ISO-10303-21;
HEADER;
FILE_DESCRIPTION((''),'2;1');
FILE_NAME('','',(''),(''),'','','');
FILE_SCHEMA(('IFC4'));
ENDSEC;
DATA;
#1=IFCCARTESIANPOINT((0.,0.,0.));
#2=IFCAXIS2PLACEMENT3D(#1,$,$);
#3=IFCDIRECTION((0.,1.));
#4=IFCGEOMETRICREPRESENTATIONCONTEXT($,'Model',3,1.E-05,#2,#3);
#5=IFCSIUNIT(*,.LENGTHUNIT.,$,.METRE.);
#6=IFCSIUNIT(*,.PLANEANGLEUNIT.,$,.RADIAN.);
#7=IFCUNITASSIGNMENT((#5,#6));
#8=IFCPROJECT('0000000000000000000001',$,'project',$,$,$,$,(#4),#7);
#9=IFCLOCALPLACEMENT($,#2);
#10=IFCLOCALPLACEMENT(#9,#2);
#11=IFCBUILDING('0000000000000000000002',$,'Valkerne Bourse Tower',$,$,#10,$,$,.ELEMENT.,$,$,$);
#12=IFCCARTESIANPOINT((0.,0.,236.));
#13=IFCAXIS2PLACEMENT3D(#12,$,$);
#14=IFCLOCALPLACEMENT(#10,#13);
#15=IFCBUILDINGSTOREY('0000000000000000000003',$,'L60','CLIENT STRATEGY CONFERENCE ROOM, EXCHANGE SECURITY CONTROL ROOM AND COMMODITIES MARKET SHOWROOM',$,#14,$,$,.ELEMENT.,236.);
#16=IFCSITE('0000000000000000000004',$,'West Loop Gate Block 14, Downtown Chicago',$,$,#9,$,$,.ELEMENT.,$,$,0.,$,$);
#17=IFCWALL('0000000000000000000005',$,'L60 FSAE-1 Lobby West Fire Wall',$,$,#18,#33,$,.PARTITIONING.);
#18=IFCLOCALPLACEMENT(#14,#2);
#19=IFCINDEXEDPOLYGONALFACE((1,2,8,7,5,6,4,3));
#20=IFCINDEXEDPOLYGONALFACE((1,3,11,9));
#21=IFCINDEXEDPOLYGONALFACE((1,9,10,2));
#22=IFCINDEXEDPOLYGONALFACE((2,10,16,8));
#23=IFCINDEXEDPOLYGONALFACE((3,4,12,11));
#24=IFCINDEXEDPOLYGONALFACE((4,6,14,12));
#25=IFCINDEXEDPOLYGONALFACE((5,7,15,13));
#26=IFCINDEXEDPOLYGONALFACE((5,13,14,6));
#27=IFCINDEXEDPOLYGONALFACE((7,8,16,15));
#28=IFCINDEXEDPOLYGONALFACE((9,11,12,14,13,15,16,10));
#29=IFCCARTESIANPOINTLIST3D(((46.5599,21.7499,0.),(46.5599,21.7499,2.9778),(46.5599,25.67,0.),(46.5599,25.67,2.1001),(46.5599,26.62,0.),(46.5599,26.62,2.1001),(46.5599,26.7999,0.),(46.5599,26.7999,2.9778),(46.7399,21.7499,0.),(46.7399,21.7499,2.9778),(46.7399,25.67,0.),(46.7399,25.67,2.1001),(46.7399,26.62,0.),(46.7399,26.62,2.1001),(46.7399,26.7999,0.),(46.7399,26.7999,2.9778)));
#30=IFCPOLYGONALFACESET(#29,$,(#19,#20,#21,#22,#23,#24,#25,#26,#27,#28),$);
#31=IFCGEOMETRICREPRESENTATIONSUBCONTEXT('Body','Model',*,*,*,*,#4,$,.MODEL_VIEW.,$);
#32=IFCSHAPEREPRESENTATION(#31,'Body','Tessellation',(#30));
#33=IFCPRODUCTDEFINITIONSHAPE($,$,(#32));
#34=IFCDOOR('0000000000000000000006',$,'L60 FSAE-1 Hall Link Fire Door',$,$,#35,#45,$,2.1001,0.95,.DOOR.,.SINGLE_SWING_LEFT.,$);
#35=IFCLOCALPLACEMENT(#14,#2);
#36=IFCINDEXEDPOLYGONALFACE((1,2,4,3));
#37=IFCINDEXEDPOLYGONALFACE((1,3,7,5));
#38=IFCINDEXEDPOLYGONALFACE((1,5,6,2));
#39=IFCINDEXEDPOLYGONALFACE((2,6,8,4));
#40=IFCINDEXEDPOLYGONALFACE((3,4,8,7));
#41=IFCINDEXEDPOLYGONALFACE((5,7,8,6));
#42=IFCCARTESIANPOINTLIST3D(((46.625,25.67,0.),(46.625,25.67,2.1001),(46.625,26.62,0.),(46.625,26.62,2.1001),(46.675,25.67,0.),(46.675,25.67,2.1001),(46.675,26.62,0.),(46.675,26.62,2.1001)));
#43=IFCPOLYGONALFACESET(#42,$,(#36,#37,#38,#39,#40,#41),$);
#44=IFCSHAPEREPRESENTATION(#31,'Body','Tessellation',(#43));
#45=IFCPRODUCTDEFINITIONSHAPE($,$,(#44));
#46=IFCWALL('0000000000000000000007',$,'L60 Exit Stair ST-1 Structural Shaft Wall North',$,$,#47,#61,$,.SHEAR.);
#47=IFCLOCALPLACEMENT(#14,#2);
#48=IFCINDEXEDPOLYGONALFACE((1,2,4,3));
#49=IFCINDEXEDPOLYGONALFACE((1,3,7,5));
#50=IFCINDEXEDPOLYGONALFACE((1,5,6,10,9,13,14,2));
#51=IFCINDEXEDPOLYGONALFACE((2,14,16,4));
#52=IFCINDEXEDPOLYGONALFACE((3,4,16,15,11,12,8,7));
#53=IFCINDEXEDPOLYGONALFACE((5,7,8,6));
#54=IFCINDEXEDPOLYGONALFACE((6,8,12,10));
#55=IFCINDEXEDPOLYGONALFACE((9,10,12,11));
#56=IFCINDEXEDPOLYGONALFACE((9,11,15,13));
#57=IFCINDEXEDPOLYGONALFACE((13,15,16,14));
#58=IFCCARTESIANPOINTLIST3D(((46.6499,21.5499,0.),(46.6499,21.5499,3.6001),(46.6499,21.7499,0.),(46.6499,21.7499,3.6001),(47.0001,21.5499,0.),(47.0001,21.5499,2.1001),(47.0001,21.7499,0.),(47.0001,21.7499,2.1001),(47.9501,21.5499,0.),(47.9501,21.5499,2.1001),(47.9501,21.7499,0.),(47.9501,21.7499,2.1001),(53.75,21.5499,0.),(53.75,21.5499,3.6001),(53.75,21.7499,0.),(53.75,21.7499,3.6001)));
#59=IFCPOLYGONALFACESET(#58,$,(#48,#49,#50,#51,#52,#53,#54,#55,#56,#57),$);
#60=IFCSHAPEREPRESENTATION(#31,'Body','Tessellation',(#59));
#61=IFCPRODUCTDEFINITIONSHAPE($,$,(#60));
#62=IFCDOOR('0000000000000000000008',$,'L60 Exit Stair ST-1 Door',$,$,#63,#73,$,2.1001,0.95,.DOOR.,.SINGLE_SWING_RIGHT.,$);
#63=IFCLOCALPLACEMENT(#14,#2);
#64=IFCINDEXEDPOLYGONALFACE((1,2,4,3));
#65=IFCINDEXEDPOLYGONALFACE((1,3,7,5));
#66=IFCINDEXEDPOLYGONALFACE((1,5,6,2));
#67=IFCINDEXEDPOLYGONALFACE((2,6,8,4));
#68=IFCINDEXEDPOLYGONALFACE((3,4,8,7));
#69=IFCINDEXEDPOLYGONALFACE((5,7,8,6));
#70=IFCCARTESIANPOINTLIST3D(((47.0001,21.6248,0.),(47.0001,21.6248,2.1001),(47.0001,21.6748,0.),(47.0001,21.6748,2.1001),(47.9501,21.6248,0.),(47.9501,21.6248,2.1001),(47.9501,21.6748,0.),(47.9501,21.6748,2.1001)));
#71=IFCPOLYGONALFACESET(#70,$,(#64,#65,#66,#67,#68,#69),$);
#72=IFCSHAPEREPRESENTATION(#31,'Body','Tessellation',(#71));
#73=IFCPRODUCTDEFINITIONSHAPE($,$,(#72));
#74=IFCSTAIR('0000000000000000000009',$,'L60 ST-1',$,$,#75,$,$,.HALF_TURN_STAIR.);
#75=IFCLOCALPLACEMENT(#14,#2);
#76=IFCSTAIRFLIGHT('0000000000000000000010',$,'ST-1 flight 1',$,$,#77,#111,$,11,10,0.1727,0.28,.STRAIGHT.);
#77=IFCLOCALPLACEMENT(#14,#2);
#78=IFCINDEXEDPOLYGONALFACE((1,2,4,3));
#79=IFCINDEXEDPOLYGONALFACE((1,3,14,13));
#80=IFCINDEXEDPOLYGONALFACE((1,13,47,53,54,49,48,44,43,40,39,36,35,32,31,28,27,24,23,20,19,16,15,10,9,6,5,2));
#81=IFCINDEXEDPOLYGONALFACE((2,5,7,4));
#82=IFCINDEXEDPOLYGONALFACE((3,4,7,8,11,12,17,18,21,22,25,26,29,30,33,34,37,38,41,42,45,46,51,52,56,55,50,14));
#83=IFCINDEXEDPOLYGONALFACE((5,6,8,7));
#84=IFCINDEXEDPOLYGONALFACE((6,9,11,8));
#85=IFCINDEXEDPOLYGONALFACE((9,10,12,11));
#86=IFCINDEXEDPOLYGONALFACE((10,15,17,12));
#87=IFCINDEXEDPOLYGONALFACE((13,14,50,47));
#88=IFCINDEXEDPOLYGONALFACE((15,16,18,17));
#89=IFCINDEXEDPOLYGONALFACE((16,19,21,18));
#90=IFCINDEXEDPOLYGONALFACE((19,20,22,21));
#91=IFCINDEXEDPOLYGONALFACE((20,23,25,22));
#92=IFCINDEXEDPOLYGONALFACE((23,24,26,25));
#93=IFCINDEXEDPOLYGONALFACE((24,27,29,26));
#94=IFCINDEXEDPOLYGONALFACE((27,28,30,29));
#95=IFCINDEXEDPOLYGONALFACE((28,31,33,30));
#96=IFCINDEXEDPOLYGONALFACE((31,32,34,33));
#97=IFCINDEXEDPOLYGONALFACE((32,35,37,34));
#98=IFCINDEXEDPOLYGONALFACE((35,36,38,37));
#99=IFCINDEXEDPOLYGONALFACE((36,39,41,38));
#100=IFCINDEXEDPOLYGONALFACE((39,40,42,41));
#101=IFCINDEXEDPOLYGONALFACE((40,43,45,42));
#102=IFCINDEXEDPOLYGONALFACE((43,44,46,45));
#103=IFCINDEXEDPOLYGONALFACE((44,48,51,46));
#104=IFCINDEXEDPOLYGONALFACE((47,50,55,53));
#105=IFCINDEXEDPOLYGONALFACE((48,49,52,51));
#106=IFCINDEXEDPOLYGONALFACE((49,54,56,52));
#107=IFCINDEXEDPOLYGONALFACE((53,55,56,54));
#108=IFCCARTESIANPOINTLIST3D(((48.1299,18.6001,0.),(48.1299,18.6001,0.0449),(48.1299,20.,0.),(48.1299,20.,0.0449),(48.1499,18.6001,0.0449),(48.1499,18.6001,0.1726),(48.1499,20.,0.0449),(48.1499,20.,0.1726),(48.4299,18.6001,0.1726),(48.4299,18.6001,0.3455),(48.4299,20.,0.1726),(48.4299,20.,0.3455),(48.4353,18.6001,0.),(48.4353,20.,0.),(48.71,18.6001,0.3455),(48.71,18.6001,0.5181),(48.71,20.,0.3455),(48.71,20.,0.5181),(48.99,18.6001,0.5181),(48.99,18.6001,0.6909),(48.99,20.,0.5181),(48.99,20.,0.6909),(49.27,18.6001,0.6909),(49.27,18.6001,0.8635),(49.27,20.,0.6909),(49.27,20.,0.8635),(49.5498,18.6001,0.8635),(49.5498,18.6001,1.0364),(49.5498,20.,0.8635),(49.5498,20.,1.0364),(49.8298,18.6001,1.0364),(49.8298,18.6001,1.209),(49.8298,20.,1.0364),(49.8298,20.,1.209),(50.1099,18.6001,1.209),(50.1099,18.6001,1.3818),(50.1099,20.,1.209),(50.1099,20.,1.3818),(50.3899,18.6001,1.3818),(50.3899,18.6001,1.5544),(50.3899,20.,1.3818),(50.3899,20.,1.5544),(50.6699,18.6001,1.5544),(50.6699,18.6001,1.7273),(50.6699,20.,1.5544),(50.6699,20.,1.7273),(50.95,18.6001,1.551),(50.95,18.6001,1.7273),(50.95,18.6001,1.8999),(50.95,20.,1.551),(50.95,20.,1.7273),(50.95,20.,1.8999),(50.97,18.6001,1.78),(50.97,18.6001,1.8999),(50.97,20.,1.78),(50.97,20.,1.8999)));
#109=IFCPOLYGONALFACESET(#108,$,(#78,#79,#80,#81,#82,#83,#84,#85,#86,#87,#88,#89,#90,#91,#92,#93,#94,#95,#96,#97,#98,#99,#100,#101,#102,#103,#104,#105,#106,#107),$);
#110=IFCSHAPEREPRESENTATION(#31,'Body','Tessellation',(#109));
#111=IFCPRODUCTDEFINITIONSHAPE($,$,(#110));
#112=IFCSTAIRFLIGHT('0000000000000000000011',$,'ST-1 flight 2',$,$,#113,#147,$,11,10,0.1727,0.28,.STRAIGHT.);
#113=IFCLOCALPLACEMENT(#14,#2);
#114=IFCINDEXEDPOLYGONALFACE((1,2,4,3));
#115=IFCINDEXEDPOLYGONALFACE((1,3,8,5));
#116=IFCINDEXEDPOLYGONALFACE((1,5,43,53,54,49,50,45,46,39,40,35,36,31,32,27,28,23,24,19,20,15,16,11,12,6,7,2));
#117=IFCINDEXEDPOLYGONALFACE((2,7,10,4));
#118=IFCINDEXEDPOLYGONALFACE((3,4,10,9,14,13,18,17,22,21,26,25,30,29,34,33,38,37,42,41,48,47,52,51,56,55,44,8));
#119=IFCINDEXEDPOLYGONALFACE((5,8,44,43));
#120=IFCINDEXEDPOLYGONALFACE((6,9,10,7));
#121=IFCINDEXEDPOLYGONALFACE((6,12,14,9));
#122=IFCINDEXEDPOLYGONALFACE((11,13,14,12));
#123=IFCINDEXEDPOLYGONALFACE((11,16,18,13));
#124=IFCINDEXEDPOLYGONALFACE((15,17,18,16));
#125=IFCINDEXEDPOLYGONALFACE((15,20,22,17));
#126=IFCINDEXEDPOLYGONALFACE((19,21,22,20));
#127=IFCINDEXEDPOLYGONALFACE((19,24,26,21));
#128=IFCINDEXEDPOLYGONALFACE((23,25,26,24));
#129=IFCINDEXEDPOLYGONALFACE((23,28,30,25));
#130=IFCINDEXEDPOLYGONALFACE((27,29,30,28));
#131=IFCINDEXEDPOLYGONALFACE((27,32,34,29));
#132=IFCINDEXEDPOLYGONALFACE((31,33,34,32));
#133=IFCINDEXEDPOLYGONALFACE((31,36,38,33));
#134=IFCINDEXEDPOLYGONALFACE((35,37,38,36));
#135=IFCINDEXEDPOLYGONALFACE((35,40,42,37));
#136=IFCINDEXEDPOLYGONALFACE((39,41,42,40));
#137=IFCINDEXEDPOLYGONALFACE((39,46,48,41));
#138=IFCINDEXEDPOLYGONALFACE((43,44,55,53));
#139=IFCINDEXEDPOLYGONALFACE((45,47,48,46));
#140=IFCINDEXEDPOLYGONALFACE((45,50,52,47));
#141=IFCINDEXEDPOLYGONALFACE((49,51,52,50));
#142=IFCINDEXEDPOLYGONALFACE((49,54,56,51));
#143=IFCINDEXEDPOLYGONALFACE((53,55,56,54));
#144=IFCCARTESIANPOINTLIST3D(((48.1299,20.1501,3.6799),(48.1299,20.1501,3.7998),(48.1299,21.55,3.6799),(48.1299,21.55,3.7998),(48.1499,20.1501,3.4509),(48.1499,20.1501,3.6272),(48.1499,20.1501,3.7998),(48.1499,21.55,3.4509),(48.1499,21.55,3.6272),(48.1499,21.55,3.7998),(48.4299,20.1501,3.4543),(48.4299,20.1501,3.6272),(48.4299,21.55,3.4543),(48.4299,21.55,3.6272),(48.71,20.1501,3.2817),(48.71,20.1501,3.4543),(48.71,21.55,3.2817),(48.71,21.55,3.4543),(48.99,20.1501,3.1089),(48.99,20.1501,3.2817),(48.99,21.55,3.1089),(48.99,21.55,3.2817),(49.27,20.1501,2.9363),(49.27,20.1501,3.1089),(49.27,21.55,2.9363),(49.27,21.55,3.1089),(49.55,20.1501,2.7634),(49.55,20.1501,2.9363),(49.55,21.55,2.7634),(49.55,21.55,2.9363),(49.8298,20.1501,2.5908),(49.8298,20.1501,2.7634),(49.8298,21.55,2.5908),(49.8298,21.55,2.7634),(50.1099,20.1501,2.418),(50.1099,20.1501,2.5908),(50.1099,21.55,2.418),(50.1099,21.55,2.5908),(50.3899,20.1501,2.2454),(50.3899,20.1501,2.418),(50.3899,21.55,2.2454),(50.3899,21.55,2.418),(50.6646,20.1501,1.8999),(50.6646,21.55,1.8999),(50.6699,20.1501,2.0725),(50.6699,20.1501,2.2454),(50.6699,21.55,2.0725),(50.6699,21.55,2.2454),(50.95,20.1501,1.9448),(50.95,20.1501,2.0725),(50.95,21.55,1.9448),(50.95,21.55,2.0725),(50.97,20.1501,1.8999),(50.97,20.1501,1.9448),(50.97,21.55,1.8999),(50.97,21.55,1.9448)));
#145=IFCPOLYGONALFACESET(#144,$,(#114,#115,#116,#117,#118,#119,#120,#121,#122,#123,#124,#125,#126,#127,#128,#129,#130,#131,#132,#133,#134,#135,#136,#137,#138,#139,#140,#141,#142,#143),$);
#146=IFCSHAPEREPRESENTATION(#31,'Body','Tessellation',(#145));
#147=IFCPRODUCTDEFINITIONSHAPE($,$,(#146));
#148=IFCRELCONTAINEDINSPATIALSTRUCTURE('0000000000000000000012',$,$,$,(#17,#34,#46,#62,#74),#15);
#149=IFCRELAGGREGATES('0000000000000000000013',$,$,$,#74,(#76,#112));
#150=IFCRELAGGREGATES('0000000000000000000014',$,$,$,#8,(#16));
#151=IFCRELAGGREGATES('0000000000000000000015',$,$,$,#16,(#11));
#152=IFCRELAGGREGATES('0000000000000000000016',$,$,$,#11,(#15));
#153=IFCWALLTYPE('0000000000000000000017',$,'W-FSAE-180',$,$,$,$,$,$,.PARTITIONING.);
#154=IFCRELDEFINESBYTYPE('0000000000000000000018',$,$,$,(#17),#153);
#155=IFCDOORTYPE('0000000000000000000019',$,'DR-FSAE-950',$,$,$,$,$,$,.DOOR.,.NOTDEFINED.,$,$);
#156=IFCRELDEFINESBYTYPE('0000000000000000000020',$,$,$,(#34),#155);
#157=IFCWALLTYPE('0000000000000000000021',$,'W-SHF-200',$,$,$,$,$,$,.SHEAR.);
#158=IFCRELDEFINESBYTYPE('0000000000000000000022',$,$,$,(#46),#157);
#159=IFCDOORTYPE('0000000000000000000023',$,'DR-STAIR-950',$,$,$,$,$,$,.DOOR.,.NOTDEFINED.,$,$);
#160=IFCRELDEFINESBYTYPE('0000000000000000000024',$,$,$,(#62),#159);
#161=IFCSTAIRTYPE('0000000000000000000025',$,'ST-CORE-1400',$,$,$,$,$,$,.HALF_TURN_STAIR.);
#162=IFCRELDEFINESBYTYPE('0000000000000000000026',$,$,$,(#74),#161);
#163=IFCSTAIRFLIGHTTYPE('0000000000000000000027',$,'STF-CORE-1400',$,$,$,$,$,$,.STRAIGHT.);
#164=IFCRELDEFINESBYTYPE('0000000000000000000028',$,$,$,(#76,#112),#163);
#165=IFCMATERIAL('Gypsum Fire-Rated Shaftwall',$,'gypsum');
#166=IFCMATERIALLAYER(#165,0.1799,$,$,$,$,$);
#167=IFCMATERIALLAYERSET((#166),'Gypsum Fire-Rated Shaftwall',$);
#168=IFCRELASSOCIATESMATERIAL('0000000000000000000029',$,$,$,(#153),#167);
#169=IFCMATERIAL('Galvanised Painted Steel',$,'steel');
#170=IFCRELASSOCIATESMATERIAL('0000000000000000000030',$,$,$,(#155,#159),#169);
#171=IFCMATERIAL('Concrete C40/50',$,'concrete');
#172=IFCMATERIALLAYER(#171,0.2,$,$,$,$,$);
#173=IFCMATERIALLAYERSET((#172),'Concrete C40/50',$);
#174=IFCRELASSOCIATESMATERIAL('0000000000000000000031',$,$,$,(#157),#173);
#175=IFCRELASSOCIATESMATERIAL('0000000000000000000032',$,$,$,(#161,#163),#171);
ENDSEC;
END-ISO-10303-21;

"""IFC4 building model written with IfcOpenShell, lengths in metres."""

from ifc_helpers import new_model, si_unit, direction, frame, frame_2d, origin, place, context, subcontext, project, spatial, polyline, rectangle, outline, extrude, material, layer, layer_set, type_object, element, fill, aggregate, save


model = new_model("IFC4")

# Units and contexts
model_context = context("Model", 3, precision=1e-05, world=origin(), true_north=direction((0.0, 1.0)))
body_context = subcontext(model_context, "Body", "Model", "MODEL_VIEW")
ifc_project = project(units=[si_unit("LENGTHUNIT", "METRE"), si_unit("PLANEANGLEUNIT", "RADIAN")], contexts=[model_context])

# Site, building, storey
site_placement = place(None, origin())
site = spatial("IfcSite", under=ifc_project, at=site_placement, Name="West Loop Gate Block 14, Downtown Chicago", CompositionType="ELEMENT", RefElevation=0.0)
building_placement = place(site_placement, origin())
building = spatial("IfcBuilding", under=site, at=building_placement, Name="Valkerne Bourse Tower", CompositionType="ELEMENT")
storey_placement = place(building_placement, frame((0.0, 0.0, 236.0)))
storey = spatial("IfcBuildingStorey", under=building, at=storey_placement, Name="L60", Description="CLIENT STRATEGY CONFERENCE ROOM, EXCHANGE SECURITY CONTROL ROOM AND COMMODITIES MARKET SHOWROOM", CompositionType="ELEMENT", Elevation=236.0)

# Wall, opening, door
ifc_material_1 = material(Name="Gypsum Fire-Rated Shaftwall", Category="gypsum")
ifc_layer_1 = layer(ifc_material_1, 0.1799)
ifc_layer_set_1 = layer_set([ifc_layer_1], Name="Gypsum Fire-Rated Shaftwall")
wall_type_1 = type_object("IfcWallType", Name="W-FSAE-180", PredefinedType="PARTITIONING", material=ifc_layer_set_1)
wall_1_placement = place(storey_placement, frame((46.6499, 21.75, 0.0), z_axis=(0.0, 0.0, 1.0), x_axis=(0.0, 1.0, 0.0)))
wall_1 = element("IfcWall", 1, at=wall_1_placement, inside=storey, type_object=wall_type_1, Name="L60 FSAE-1 Lobby West Fire Wall", PredefinedType="PARTITIONING", context=body_context, shape_type="SweptSolid", body=[
    extrude(rectangle(XDim=5.05, YDim=0.1799, at=frame_2d((2.5249, 0.0))), origin(), (0.0, 0.0, 1.0), 2.9778),
])
opening_1_placement = place(wall_1_placement, frame((3.9199, 0.0, 0.0)))
opening_1 = element("IfcOpeningElement", 2, at=opening_1_placement, cuts=wall_1, PredefinedType="OPENING", context=body_context, shape_type="SweptSolid", body=[
    extrude(rectangle(XDim=0.95, YDim=2.1001, at=frame_2d((0.4751, 1.05))), frame((0.0, 0.0999, 0.0), z_axis=(0.0, -1.0, 0.0), x_axis=(1.0, 0.0, 0.0)), (0.0, 0.0, 1.0), 0.2),
])
ifc_material_2 = material(Name="Galvanised Painted Steel", Category="steel")
door_type_1 = type_object("IfcDoorType", Name="DR-FSAE-950", OperationType="NOTDEFINED", PredefinedType="DOOR", material=ifc_material_2)
door_1_placement = place(opening_1_placement, origin())
door_1 = element("IfcDoor", 3, at=door_1_placement, inside=storey, type_object=door_type_1, Name="L60 FSAE-1 Hall Link Fire Door", OperationType="SINGLE_SWING_LEFT", OverallHeight=2.1001, OverallWidth=0.95, PredefinedType="DOOR", context=body_context, shape_type="SweptSolid", body=[
    extrude(rectangle(XDim=0.95, YDim=2.1001, at=frame_2d((0.4751, 1.05))), frame((0.0, 0.0249, 0.0), z_axis=(0.0, -1.0, 0.0), x_axis=(1.0, 0.0, 0.0)), (0.0, 0.0, 1.0), 0.05),
])
fill(opening_1, door_1)

# Wall, opening, door
ifc_material_3 = material(Name="Concrete C40/50", Category="concrete")
ifc_layer_2 = layer(ifc_material_3, 0.2)
ifc_layer_set_2 = layer_set([ifc_layer_2], Name="Concrete C40/50")
wall_type_2 = type_object("IfcWallType", Name="W-SHF-200", PredefinedType="SHEAR", material=ifc_layer_set_2)
wall_2_placement = place(storey_placement, frame((46.6499, 21.6499, 0.0), z_axis=(0.0, 0.0, 1.0), x_axis=(1.0, 0.0, 0.0)))
wall_2 = element("IfcWall", 4, at=wall_2_placement, inside=storey, type_object=wall_type_2, Name="L60 Exit Stair ST-1 Structural Shaft Wall North", PredefinedType="SHEAR", context=body_context, shape_type="SweptSolid", body=[
    extrude(rectangle(XDim=7.1001, YDim=0.2, at=frame_2d((3.55, 0.0))), origin(), (0.0, 0.0, 1.0), 3.6001),
])
opening_2_placement = place(wall_2_placement, frame((0.3501, 0.0, 0.0)))
opening_2 = element("IfcOpeningElement", 5, at=opening_2_placement, cuts=wall_2, PredefinedType="OPENING", context=body_context, shape_type="SweptSolid", body=[
    extrude(rectangle(XDim=0.95, YDim=2.1001, at=frame_2d((0.4751, 1.05))), frame((0.0, 0.1099, 0.0), z_axis=(0.0, -1.0, 0.0), x_axis=(1.0, 0.0, 0.0)), (0.0, 0.0, 1.0), 0.22),
])
door_type_2 = type_object("IfcDoorType", Name="DR-STAIR-950", OperationType="NOTDEFINED", PredefinedType="DOOR", material=ifc_material_2)
door_2_placement = place(opening_2_placement, origin())
door_2 = element("IfcDoor", 6, at=door_2_placement, inside=storey, type_object=door_type_2, Name="L60 Exit Stair ST-1 Door", OperationType="SINGLE_SWING_RIGHT", OverallHeight=2.1001, OverallWidth=0.95, PredefinedType="DOOR", context=body_context, shape_type="SweptSolid", body=[
    extrude(rectangle(XDim=0.95, YDim=2.1001, at=frame_2d((0.4751, 1.05))), frame((0.0, 0.0249, 0.0), z_axis=(0.0, -1.0, 0.0), x_axis=(1.0, 0.0, 0.0)), (0.0, 0.0, 1.0), 0.05),
])
fill(opening_2, door_2)

# Stair, stair flights
stair_type = type_object("IfcStairType", Name="ST-CORE-1400", PredefinedType="HALF_TURN_STAIR", material=ifc_material_3)
stair_placement = place(storey_placement, origin())
stair = element("IfcStair", 7, at=stair_placement, inside=storey, type_object=stair_type, Name="L60 ST-1", PredefinedType="HALF_TURN_STAIR")
stair_flight_type = type_object("IfcStairFlightType", Name="STF-CORE-1400", PredefinedType="STRAIGHT", material=ifc_material_3)
stair_flight_1_placement = place(storey_placement, frame((48.1499, 19.3, 0.0), z_axis=(0.0, 0.0, 1.0), x_axis=(1.0, 0.0, 0.0)))
stair_flight_1 = element("IfcStairFlight", 8, at=stair_flight_1_placement, type_object=stair_flight_type, Name="ST-1 flight 1", NumberOfRisers=11, NumberOfTreads=10, PredefinedType="STRAIGHT", RiserHeight=0.1727, TreadLength=0.28, context=body_context, shape_type="SweptSolid", body=[
    extrude(outline(polyline([(-0.02, 0.0), (-0.02, 0.0449), (0.0, 0.0449), (0.0, 0.1726), (0.28, 0.1726), (0.28, 0.3455), (0.5601, 0.3455), (0.5601, 0.5181), (0.8401, 0.5181), (0.8401, 0.6909), (1.1201, 0.6909), (1.1201, 0.8635), (1.3999, 0.8635), (1.3999, 1.0364), (1.6799, 1.0364), (1.6799, 1.209), (1.96, 1.209), (1.96, 1.3818), (2.24, 1.3818), (2.24, 1.5544), (2.52, 1.5544), (2.52, 1.7273), (2.8, 1.7273), (2.8, 1.8999), (2.8201, 1.8999), (2.8201, 1.78), (2.8, 1.551), (0.2854, 0.0), (-0.02, 0.0)])), frame((0.0, 0.7, 0.0), z_axis=(0.0, -1.0, 0.0), x_axis=(1.0, 0.0, 0.0)), (0.0, 0.0, 1.0), 1.3999),
])
stair_flight_2_placement = place(storey_placement, frame((50.95, 20.8501, 1.8999), z_axis=(0.0, 0.0, 1.0), x_axis=(-1.0, 0.0, 0.0)))
stair_flight_2 = element("IfcStairFlight", 9, at=stair_flight_2_placement, type_object=stair_flight_type, Name="ST-1 flight 2", NumberOfRisers=11, NumberOfTreads=10, PredefinedType="STRAIGHT", RiserHeight=0.1727, TreadLength=0.28, context=body_context, shape_type="SweptSolid", body=[
    extrude(outline(polyline([(-0.02, 0.0), (-0.02, 0.0449), (0.0, 0.0449), (0.0, 0.1726), (0.28, 0.1726), (0.28, 0.3455), (0.5601, 0.3455), (0.5601, 0.5181), (0.8401, 0.5181), (0.8401, 0.6909), (1.1201, 0.6909), (1.1201, 0.8635), (1.3999, 0.8635), (1.3999, 1.0364), (1.6799, 1.0364), (1.6799, 1.209), (1.96, 1.209), (1.96, 1.3818), (2.24, 1.3818), (2.24, 1.5544), (2.52, 1.5544), (2.52, 1.7273), (2.8, 1.7273), (2.8, 1.8999), (2.8201, 1.8999), (2.8201, 1.78), (2.8, 1.551), (0.2854, 0.0), (-0.02, 0.0)])), frame((0.0, 0.7, 0.0), z_axis=(0.0, -1.0, 0.0), x_axis=(1.0, 0.0, 0.0)), (0.0, 0.0, 1.0), 1.3999),
])
aggregate(stair, [stair_flight_1, stair_flight_2])

save(model, "model.ifc")
